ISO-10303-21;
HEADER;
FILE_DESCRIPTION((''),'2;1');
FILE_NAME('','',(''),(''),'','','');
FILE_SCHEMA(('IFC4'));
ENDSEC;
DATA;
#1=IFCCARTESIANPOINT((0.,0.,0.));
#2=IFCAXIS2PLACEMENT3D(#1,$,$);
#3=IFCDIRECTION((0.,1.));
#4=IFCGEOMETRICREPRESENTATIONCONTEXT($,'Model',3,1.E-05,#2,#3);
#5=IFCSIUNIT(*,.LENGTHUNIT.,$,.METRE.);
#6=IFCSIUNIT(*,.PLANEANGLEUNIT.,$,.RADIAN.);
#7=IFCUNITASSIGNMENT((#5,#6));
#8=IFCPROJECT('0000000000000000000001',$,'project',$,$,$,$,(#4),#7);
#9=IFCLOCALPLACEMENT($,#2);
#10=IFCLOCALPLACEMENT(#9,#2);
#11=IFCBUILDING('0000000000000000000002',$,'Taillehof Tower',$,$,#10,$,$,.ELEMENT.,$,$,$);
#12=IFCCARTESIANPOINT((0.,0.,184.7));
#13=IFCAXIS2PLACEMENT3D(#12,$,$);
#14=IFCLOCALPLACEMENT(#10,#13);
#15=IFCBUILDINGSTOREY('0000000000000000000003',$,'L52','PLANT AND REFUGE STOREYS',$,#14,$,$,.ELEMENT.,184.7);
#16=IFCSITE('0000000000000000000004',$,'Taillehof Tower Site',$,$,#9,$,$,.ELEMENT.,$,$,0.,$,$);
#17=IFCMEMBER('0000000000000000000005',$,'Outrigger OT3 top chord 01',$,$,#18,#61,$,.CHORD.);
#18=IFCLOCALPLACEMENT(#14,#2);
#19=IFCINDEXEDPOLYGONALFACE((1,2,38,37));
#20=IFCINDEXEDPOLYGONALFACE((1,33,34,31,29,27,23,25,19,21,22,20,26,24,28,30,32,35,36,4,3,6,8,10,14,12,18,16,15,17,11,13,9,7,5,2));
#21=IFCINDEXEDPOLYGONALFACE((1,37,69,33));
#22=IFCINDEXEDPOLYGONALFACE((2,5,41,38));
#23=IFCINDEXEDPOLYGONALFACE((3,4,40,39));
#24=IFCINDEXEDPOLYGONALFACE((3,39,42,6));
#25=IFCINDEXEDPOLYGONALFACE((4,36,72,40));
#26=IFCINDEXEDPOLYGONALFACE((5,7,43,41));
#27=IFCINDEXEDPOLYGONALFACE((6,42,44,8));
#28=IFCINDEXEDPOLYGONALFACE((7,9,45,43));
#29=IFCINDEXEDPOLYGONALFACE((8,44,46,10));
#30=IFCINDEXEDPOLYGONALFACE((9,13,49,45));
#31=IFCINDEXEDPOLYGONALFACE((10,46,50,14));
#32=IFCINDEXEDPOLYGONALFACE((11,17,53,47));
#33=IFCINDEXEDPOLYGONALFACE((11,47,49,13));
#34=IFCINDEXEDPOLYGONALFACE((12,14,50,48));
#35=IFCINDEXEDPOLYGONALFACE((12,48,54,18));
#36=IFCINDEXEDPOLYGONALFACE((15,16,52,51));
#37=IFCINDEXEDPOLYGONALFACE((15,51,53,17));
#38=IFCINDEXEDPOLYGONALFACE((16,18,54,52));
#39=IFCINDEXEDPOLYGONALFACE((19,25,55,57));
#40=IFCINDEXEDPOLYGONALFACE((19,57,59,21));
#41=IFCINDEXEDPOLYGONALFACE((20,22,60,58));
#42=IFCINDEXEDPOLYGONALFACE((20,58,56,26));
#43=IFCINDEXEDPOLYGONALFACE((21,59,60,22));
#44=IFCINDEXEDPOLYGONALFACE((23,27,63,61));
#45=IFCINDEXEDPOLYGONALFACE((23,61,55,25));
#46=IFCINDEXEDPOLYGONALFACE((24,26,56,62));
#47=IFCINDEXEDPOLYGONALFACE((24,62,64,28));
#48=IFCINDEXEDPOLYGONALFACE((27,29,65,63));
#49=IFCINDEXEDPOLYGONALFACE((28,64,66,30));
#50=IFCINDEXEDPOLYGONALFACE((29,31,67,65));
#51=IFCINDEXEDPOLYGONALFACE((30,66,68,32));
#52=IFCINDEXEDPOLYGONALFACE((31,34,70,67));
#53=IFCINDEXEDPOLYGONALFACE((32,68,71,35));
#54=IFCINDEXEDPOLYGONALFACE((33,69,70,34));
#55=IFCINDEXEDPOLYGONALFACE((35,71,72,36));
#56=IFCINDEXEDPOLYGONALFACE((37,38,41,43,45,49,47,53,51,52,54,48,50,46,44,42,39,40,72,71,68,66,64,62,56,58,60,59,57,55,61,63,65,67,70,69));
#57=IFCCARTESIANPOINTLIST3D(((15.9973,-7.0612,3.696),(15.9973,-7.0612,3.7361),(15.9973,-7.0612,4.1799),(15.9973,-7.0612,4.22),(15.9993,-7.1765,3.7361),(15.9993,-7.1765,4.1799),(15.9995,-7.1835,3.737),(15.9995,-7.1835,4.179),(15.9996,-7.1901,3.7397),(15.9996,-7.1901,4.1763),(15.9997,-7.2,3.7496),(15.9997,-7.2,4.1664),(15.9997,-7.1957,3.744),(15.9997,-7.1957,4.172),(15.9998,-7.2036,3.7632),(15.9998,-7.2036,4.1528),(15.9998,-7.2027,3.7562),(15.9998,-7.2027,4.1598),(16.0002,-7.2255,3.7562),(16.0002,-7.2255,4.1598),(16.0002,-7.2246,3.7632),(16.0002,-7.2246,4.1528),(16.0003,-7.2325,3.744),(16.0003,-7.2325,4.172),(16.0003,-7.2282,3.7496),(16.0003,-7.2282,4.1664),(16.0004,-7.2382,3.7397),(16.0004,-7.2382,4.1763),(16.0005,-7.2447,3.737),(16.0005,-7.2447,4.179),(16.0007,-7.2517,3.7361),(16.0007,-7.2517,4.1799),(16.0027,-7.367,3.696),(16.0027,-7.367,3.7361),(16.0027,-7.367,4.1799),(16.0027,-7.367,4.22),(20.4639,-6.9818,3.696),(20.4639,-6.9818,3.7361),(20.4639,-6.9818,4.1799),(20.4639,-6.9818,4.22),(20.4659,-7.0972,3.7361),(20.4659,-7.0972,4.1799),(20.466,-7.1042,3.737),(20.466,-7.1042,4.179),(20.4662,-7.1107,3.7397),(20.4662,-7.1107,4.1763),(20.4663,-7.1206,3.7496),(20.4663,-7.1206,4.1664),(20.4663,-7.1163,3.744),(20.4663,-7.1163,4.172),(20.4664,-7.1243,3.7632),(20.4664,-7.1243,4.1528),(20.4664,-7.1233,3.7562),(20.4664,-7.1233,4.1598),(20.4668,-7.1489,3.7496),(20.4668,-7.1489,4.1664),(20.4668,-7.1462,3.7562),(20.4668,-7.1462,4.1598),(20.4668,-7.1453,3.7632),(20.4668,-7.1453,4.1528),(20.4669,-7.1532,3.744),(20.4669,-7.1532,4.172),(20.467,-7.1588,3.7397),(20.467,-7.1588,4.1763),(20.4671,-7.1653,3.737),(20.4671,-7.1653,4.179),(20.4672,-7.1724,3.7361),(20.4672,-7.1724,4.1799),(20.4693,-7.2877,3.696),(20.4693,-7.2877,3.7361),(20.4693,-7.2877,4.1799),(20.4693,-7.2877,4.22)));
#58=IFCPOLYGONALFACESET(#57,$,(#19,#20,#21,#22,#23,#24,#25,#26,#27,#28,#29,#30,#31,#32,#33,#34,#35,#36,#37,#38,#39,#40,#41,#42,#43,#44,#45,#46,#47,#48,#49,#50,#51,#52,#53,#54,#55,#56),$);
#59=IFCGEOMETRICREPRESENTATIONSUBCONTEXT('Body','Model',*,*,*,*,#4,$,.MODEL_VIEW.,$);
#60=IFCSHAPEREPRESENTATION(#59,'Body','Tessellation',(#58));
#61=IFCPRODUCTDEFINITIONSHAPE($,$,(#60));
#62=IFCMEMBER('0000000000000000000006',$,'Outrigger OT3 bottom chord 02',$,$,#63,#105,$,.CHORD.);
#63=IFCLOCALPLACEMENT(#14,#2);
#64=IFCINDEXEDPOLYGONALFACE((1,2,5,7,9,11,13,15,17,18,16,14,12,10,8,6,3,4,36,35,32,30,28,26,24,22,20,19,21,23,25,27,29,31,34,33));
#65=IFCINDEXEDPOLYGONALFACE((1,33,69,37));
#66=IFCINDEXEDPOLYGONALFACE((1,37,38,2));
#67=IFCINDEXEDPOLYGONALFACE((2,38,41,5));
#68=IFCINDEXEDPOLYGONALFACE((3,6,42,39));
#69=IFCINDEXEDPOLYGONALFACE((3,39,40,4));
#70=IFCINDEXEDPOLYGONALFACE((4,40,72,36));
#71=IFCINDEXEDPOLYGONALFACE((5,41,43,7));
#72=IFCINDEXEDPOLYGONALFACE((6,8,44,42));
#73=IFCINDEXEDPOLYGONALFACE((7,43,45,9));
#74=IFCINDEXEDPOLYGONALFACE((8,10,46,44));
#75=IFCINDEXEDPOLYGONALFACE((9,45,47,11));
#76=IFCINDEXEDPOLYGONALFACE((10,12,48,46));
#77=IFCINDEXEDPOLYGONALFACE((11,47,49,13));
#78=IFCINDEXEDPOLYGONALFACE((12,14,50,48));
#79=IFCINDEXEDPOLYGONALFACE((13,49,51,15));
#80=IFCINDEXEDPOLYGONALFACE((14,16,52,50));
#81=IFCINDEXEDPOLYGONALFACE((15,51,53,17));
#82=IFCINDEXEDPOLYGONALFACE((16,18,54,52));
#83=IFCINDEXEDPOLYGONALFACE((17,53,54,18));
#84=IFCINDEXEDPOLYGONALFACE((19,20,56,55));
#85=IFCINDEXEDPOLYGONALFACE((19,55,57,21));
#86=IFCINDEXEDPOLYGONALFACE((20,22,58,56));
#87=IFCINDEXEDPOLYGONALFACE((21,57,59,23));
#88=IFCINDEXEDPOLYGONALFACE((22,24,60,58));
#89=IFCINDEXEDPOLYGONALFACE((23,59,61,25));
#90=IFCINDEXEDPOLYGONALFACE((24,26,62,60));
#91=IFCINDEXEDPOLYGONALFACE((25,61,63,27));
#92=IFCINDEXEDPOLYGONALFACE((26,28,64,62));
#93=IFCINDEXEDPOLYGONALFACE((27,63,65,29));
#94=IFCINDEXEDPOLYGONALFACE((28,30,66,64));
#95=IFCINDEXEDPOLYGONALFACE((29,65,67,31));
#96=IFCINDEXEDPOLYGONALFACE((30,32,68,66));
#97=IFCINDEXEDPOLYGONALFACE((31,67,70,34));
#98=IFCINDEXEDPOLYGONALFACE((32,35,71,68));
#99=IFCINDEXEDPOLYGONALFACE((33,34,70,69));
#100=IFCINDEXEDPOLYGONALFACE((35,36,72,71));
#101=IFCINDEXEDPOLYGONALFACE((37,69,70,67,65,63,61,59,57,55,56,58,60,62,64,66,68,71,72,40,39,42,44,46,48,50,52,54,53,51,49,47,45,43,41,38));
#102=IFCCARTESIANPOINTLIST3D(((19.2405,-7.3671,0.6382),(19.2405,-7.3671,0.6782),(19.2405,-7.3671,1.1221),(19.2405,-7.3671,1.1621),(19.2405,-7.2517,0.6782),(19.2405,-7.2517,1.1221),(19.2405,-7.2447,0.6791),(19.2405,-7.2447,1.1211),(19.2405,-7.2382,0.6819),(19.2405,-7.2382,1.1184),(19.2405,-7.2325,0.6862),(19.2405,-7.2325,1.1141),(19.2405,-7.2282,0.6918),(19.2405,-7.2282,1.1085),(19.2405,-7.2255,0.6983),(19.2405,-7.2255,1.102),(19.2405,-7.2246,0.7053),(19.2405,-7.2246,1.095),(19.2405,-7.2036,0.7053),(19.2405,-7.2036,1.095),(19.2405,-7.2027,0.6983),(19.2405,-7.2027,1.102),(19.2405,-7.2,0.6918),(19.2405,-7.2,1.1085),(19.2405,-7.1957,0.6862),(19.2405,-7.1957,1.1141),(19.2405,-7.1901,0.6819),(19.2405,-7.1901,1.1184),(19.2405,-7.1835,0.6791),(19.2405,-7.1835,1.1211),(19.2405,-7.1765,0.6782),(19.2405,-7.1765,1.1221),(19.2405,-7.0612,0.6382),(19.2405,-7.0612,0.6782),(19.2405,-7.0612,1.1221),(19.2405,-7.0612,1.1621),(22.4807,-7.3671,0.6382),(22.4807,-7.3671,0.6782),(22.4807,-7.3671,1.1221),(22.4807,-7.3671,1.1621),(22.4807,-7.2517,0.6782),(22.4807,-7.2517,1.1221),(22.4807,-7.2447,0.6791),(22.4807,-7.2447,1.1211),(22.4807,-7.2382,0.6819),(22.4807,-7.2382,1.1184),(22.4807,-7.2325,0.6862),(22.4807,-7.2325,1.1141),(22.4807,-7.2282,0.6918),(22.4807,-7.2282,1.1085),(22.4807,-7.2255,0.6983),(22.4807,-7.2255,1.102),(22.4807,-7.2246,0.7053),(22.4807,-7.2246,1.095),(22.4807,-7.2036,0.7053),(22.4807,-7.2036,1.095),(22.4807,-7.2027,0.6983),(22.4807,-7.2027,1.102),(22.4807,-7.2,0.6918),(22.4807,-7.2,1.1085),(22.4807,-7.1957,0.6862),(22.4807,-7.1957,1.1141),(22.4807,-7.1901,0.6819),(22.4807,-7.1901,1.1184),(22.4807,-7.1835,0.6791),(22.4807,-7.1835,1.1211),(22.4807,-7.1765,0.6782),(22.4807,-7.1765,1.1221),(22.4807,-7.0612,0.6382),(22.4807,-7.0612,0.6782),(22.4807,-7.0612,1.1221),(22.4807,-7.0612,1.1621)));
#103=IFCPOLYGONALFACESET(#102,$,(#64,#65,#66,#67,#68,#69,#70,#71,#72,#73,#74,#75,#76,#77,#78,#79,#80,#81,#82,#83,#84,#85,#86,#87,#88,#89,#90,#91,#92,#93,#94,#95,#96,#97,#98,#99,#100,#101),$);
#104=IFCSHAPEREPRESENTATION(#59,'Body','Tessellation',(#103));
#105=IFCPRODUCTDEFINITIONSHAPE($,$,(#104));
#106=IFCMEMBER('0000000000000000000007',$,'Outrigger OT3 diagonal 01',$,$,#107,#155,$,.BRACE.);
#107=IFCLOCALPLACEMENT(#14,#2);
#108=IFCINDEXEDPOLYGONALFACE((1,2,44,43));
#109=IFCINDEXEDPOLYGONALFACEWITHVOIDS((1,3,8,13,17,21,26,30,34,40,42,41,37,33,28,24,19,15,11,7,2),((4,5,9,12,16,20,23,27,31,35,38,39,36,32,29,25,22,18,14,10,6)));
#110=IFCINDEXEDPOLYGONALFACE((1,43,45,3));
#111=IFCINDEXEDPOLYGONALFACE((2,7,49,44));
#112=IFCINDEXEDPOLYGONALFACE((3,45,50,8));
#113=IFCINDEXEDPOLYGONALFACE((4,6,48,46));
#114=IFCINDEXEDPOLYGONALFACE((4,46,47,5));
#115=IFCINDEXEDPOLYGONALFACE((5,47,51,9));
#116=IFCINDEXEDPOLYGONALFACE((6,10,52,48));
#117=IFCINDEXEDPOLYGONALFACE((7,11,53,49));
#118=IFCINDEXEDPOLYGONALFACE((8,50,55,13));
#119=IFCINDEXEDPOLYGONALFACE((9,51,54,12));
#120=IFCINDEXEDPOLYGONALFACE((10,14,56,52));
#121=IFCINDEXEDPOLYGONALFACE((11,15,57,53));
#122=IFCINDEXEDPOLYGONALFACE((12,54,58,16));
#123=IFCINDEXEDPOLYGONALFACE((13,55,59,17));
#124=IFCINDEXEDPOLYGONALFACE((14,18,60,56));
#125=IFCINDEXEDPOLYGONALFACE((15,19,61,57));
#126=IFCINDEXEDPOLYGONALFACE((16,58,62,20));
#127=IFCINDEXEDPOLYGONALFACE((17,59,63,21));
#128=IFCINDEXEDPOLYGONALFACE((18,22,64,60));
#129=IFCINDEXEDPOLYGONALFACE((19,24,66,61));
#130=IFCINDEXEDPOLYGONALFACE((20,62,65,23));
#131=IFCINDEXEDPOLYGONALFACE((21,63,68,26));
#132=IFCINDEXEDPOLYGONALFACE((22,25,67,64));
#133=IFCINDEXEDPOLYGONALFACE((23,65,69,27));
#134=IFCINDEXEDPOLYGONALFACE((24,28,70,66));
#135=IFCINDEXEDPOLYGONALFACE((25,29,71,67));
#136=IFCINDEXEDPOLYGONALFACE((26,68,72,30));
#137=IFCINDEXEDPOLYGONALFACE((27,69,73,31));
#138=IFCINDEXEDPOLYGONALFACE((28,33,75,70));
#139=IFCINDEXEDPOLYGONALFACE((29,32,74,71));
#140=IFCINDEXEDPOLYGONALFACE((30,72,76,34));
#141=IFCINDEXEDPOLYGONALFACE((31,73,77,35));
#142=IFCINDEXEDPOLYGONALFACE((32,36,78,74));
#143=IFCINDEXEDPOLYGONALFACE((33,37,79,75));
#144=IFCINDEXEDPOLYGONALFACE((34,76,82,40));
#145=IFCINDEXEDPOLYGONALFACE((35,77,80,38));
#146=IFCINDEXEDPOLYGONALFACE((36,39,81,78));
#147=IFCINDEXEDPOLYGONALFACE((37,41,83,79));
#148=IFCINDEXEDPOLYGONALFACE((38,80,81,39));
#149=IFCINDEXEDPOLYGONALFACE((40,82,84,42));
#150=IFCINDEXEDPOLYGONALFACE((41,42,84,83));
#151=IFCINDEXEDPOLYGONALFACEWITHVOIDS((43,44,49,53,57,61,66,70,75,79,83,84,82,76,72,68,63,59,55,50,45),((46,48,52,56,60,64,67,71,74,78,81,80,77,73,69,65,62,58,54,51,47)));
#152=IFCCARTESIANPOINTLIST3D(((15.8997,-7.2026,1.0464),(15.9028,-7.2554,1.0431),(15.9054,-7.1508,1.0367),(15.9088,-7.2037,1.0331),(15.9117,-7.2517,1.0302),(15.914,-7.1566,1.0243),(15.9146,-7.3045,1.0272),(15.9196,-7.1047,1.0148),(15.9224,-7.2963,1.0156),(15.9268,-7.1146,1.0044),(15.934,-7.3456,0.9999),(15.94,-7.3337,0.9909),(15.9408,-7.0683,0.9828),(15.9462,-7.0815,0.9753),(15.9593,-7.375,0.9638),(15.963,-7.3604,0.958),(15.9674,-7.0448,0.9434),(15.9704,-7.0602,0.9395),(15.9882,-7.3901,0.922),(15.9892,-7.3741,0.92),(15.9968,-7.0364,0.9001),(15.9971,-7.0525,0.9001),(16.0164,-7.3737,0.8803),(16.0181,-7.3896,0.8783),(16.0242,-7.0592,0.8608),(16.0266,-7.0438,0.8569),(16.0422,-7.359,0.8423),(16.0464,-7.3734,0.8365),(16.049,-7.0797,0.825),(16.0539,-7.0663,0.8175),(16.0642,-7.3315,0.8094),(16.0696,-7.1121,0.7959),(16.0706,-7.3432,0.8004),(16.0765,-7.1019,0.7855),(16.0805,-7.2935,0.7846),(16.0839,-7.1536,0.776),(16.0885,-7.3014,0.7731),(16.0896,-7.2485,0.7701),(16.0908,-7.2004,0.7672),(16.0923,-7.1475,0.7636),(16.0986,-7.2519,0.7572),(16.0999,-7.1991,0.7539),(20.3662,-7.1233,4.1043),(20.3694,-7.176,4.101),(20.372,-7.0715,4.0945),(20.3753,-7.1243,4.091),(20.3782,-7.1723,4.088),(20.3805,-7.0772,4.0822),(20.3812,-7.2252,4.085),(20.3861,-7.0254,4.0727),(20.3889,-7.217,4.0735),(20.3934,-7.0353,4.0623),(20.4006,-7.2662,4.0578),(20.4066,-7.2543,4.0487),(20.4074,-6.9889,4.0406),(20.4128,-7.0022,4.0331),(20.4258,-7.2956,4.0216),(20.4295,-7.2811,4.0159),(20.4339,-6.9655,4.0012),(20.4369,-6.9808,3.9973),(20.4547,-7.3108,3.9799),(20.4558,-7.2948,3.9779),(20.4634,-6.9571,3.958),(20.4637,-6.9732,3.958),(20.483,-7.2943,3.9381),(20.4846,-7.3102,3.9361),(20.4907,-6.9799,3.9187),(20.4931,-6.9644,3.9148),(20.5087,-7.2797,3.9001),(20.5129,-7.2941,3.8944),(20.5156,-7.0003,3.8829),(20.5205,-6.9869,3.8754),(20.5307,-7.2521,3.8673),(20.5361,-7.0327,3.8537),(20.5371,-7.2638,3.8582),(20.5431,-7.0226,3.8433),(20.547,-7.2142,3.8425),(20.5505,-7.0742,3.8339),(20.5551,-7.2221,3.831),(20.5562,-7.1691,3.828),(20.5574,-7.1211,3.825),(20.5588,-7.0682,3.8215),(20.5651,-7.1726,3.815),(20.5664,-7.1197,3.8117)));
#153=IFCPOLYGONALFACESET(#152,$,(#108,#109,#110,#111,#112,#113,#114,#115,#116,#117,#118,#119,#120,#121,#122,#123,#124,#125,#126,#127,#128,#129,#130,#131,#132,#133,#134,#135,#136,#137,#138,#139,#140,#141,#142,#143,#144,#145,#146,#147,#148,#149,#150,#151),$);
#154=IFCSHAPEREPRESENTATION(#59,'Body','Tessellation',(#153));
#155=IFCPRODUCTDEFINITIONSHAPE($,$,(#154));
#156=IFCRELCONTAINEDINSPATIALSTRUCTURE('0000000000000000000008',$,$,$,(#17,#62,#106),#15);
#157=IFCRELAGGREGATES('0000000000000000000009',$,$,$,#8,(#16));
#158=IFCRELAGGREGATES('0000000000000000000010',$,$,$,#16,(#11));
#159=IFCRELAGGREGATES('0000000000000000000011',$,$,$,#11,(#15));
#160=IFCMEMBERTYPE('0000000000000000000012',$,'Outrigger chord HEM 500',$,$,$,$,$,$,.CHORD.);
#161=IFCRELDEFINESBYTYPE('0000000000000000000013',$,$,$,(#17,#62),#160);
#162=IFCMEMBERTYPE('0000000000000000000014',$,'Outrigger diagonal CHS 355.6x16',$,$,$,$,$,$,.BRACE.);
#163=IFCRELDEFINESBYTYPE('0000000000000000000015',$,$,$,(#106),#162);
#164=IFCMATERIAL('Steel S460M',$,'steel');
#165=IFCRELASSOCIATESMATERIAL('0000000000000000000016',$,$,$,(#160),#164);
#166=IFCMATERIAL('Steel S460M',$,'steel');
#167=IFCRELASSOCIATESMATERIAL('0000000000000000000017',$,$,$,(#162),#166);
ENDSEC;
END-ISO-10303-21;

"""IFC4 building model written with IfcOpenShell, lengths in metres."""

from ifc_helpers import new_model, si_unit, direction, frame, origin, origin_2d, place, context, subcontext, project, spatial, hollow_circle, i_section, extrude, material, material_profile, profile_set, type_object, element, save


model = new_model("IFC4")

# Units and contexts
model_context = context("Model", 3, precision=1e-05, world=origin(), true_north=direction((0.0, 1.0)))
body_context = subcontext(model_context, "Body", "Model", "MODEL_VIEW")
ifc_project = project(units=[si_unit("LENGTHUNIT", "METRE"), si_unit("PLANEANGLEUNIT", "RADIAN")], contexts=[model_context])

# Site, building, storey
site_placement = place(None, origin())
site = spatial("IfcSite", under=ifc_project, at=site_placement, Name="Taillehof Tower Site", CompositionType="ELEMENT", RefElevation=0.0)
building_placement = place(site_placement, origin())
building = spatial("IfcBuilding", under=site, at=building_placement, Name="Taillehof Tower", CompositionType="ELEMENT")
storey_placement = place(building_placement, frame((0.0, 0.0, 184.7)))
storey = spatial("IfcBuildingStorey", under=building, at=storey_placement, Name="L52", Description="PLANT AND REFUGE STOREYS", CompositionType="ELEMENT", Elevation=184.7)

# Members
ifc_material_1 = material(Name="Steel S460M", Category="steel")
ifc_material_profile_1 = material_profile(ifc_material_1, i_section(OverallWidth=0.3059, OverallDepth=0.5239, WebThickness=0.021, FlangeThickness=0.04, FilletRadius=0.0271, at=origin_2d()), Name="HEM 500")
ifc_profile_set_1 = profile_set([ifc_material_profile_1], Name="Steel S460M")
member_type_1 = type_object("IfcMemberType", Name="Outrigger chord HEM 500", PredefinedType="CHORD", material=ifc_profile_set_1)
member_1_placement = place(storey_placement, frame((16.0, -7.2141, 3.958), z_axis=(0.999842, 0.017762, 0.0), x_axis=(-0.017762, 0.999842, 0.0)))
element("IfcMember", 1, at=member_1_placement, inside=storey, type_object=member_type_1, Name="Outrigger OT3 top chord 01", PredefinedType="CHORD", context=body_context, shape_type="SweptSolid", body=[
    extrude(i_section(OverallWidth=0.3059, OverallDepth=0.5239, WebThickness=0.021, FlangeThickness=0.04, FilletRadius=0.0271, at=origin_2d()), origin(), (0.0, 0.0, 1.0), 4.4673),
])
member_2_placement = place(storey_placement, frame((19.2405, -7.2141, 0.9001), z_axis=(1.0, 0.0, 0.0), x_axis=(0.0, 1.0, 0.0)))
element("IfcMember", 2, at=member_2_placement, inside=storey, type_object=member_type_1, Name="Outrigger OT3 bottom chord 02", PredefinedType="CHORD", context=body_context, shape_type="SweptSolid", body=[
    extrude(i_section(OverallWidth=0.3059, OverallDepth=0.5239, WebThickness=0.021, FlangeThickness=0.04, FilletRadius=0.0271, at=origin_2d()), origin(), (0.0, 0.0, 1.0), 3.2402),
])
ifc_material_2 = material(Name="Steel S460M", Category="steel")
ifc_material_profile_2 = material_profile(ifc_material_2, hollow_circle(Radius=0.1777, WallThickness=0.0161, at=origin_2d()), Name="CHS 355.6x16")
ifc_profile_set_2 = profile_set([ifc_material_profile_2], Name="Steel S460M")
member_type_2 = type_object("IfcMemberType", Name="Outrigger diagonal CHS 355.6x16", PredefinedType="BRACE", material=ifc_profile_set_2)
member_3_placement = place(storey_placement, frame((16.0, -7.2141, 0.9001), z_axis=(0.825064, 0.014657, 0.56485), x_axis=(-0.017762, 0.999842, 0.0)))
element("IfcMember", 3, at=member_3_placement, inside=storey, type_object=member_type_2, Name="Outrigger OT3 diagonal 01", PredefinedType="BRACE", context=body_context, shape_type="SweptSolid", body=[
    extrude(hollow_circle(Radius=0.1777, WallThickness=0.0161, at=origin_2d()), origin(), (0.0, 0.0, 1.0), 5.4136),
])

save(model, "model.ifc")
